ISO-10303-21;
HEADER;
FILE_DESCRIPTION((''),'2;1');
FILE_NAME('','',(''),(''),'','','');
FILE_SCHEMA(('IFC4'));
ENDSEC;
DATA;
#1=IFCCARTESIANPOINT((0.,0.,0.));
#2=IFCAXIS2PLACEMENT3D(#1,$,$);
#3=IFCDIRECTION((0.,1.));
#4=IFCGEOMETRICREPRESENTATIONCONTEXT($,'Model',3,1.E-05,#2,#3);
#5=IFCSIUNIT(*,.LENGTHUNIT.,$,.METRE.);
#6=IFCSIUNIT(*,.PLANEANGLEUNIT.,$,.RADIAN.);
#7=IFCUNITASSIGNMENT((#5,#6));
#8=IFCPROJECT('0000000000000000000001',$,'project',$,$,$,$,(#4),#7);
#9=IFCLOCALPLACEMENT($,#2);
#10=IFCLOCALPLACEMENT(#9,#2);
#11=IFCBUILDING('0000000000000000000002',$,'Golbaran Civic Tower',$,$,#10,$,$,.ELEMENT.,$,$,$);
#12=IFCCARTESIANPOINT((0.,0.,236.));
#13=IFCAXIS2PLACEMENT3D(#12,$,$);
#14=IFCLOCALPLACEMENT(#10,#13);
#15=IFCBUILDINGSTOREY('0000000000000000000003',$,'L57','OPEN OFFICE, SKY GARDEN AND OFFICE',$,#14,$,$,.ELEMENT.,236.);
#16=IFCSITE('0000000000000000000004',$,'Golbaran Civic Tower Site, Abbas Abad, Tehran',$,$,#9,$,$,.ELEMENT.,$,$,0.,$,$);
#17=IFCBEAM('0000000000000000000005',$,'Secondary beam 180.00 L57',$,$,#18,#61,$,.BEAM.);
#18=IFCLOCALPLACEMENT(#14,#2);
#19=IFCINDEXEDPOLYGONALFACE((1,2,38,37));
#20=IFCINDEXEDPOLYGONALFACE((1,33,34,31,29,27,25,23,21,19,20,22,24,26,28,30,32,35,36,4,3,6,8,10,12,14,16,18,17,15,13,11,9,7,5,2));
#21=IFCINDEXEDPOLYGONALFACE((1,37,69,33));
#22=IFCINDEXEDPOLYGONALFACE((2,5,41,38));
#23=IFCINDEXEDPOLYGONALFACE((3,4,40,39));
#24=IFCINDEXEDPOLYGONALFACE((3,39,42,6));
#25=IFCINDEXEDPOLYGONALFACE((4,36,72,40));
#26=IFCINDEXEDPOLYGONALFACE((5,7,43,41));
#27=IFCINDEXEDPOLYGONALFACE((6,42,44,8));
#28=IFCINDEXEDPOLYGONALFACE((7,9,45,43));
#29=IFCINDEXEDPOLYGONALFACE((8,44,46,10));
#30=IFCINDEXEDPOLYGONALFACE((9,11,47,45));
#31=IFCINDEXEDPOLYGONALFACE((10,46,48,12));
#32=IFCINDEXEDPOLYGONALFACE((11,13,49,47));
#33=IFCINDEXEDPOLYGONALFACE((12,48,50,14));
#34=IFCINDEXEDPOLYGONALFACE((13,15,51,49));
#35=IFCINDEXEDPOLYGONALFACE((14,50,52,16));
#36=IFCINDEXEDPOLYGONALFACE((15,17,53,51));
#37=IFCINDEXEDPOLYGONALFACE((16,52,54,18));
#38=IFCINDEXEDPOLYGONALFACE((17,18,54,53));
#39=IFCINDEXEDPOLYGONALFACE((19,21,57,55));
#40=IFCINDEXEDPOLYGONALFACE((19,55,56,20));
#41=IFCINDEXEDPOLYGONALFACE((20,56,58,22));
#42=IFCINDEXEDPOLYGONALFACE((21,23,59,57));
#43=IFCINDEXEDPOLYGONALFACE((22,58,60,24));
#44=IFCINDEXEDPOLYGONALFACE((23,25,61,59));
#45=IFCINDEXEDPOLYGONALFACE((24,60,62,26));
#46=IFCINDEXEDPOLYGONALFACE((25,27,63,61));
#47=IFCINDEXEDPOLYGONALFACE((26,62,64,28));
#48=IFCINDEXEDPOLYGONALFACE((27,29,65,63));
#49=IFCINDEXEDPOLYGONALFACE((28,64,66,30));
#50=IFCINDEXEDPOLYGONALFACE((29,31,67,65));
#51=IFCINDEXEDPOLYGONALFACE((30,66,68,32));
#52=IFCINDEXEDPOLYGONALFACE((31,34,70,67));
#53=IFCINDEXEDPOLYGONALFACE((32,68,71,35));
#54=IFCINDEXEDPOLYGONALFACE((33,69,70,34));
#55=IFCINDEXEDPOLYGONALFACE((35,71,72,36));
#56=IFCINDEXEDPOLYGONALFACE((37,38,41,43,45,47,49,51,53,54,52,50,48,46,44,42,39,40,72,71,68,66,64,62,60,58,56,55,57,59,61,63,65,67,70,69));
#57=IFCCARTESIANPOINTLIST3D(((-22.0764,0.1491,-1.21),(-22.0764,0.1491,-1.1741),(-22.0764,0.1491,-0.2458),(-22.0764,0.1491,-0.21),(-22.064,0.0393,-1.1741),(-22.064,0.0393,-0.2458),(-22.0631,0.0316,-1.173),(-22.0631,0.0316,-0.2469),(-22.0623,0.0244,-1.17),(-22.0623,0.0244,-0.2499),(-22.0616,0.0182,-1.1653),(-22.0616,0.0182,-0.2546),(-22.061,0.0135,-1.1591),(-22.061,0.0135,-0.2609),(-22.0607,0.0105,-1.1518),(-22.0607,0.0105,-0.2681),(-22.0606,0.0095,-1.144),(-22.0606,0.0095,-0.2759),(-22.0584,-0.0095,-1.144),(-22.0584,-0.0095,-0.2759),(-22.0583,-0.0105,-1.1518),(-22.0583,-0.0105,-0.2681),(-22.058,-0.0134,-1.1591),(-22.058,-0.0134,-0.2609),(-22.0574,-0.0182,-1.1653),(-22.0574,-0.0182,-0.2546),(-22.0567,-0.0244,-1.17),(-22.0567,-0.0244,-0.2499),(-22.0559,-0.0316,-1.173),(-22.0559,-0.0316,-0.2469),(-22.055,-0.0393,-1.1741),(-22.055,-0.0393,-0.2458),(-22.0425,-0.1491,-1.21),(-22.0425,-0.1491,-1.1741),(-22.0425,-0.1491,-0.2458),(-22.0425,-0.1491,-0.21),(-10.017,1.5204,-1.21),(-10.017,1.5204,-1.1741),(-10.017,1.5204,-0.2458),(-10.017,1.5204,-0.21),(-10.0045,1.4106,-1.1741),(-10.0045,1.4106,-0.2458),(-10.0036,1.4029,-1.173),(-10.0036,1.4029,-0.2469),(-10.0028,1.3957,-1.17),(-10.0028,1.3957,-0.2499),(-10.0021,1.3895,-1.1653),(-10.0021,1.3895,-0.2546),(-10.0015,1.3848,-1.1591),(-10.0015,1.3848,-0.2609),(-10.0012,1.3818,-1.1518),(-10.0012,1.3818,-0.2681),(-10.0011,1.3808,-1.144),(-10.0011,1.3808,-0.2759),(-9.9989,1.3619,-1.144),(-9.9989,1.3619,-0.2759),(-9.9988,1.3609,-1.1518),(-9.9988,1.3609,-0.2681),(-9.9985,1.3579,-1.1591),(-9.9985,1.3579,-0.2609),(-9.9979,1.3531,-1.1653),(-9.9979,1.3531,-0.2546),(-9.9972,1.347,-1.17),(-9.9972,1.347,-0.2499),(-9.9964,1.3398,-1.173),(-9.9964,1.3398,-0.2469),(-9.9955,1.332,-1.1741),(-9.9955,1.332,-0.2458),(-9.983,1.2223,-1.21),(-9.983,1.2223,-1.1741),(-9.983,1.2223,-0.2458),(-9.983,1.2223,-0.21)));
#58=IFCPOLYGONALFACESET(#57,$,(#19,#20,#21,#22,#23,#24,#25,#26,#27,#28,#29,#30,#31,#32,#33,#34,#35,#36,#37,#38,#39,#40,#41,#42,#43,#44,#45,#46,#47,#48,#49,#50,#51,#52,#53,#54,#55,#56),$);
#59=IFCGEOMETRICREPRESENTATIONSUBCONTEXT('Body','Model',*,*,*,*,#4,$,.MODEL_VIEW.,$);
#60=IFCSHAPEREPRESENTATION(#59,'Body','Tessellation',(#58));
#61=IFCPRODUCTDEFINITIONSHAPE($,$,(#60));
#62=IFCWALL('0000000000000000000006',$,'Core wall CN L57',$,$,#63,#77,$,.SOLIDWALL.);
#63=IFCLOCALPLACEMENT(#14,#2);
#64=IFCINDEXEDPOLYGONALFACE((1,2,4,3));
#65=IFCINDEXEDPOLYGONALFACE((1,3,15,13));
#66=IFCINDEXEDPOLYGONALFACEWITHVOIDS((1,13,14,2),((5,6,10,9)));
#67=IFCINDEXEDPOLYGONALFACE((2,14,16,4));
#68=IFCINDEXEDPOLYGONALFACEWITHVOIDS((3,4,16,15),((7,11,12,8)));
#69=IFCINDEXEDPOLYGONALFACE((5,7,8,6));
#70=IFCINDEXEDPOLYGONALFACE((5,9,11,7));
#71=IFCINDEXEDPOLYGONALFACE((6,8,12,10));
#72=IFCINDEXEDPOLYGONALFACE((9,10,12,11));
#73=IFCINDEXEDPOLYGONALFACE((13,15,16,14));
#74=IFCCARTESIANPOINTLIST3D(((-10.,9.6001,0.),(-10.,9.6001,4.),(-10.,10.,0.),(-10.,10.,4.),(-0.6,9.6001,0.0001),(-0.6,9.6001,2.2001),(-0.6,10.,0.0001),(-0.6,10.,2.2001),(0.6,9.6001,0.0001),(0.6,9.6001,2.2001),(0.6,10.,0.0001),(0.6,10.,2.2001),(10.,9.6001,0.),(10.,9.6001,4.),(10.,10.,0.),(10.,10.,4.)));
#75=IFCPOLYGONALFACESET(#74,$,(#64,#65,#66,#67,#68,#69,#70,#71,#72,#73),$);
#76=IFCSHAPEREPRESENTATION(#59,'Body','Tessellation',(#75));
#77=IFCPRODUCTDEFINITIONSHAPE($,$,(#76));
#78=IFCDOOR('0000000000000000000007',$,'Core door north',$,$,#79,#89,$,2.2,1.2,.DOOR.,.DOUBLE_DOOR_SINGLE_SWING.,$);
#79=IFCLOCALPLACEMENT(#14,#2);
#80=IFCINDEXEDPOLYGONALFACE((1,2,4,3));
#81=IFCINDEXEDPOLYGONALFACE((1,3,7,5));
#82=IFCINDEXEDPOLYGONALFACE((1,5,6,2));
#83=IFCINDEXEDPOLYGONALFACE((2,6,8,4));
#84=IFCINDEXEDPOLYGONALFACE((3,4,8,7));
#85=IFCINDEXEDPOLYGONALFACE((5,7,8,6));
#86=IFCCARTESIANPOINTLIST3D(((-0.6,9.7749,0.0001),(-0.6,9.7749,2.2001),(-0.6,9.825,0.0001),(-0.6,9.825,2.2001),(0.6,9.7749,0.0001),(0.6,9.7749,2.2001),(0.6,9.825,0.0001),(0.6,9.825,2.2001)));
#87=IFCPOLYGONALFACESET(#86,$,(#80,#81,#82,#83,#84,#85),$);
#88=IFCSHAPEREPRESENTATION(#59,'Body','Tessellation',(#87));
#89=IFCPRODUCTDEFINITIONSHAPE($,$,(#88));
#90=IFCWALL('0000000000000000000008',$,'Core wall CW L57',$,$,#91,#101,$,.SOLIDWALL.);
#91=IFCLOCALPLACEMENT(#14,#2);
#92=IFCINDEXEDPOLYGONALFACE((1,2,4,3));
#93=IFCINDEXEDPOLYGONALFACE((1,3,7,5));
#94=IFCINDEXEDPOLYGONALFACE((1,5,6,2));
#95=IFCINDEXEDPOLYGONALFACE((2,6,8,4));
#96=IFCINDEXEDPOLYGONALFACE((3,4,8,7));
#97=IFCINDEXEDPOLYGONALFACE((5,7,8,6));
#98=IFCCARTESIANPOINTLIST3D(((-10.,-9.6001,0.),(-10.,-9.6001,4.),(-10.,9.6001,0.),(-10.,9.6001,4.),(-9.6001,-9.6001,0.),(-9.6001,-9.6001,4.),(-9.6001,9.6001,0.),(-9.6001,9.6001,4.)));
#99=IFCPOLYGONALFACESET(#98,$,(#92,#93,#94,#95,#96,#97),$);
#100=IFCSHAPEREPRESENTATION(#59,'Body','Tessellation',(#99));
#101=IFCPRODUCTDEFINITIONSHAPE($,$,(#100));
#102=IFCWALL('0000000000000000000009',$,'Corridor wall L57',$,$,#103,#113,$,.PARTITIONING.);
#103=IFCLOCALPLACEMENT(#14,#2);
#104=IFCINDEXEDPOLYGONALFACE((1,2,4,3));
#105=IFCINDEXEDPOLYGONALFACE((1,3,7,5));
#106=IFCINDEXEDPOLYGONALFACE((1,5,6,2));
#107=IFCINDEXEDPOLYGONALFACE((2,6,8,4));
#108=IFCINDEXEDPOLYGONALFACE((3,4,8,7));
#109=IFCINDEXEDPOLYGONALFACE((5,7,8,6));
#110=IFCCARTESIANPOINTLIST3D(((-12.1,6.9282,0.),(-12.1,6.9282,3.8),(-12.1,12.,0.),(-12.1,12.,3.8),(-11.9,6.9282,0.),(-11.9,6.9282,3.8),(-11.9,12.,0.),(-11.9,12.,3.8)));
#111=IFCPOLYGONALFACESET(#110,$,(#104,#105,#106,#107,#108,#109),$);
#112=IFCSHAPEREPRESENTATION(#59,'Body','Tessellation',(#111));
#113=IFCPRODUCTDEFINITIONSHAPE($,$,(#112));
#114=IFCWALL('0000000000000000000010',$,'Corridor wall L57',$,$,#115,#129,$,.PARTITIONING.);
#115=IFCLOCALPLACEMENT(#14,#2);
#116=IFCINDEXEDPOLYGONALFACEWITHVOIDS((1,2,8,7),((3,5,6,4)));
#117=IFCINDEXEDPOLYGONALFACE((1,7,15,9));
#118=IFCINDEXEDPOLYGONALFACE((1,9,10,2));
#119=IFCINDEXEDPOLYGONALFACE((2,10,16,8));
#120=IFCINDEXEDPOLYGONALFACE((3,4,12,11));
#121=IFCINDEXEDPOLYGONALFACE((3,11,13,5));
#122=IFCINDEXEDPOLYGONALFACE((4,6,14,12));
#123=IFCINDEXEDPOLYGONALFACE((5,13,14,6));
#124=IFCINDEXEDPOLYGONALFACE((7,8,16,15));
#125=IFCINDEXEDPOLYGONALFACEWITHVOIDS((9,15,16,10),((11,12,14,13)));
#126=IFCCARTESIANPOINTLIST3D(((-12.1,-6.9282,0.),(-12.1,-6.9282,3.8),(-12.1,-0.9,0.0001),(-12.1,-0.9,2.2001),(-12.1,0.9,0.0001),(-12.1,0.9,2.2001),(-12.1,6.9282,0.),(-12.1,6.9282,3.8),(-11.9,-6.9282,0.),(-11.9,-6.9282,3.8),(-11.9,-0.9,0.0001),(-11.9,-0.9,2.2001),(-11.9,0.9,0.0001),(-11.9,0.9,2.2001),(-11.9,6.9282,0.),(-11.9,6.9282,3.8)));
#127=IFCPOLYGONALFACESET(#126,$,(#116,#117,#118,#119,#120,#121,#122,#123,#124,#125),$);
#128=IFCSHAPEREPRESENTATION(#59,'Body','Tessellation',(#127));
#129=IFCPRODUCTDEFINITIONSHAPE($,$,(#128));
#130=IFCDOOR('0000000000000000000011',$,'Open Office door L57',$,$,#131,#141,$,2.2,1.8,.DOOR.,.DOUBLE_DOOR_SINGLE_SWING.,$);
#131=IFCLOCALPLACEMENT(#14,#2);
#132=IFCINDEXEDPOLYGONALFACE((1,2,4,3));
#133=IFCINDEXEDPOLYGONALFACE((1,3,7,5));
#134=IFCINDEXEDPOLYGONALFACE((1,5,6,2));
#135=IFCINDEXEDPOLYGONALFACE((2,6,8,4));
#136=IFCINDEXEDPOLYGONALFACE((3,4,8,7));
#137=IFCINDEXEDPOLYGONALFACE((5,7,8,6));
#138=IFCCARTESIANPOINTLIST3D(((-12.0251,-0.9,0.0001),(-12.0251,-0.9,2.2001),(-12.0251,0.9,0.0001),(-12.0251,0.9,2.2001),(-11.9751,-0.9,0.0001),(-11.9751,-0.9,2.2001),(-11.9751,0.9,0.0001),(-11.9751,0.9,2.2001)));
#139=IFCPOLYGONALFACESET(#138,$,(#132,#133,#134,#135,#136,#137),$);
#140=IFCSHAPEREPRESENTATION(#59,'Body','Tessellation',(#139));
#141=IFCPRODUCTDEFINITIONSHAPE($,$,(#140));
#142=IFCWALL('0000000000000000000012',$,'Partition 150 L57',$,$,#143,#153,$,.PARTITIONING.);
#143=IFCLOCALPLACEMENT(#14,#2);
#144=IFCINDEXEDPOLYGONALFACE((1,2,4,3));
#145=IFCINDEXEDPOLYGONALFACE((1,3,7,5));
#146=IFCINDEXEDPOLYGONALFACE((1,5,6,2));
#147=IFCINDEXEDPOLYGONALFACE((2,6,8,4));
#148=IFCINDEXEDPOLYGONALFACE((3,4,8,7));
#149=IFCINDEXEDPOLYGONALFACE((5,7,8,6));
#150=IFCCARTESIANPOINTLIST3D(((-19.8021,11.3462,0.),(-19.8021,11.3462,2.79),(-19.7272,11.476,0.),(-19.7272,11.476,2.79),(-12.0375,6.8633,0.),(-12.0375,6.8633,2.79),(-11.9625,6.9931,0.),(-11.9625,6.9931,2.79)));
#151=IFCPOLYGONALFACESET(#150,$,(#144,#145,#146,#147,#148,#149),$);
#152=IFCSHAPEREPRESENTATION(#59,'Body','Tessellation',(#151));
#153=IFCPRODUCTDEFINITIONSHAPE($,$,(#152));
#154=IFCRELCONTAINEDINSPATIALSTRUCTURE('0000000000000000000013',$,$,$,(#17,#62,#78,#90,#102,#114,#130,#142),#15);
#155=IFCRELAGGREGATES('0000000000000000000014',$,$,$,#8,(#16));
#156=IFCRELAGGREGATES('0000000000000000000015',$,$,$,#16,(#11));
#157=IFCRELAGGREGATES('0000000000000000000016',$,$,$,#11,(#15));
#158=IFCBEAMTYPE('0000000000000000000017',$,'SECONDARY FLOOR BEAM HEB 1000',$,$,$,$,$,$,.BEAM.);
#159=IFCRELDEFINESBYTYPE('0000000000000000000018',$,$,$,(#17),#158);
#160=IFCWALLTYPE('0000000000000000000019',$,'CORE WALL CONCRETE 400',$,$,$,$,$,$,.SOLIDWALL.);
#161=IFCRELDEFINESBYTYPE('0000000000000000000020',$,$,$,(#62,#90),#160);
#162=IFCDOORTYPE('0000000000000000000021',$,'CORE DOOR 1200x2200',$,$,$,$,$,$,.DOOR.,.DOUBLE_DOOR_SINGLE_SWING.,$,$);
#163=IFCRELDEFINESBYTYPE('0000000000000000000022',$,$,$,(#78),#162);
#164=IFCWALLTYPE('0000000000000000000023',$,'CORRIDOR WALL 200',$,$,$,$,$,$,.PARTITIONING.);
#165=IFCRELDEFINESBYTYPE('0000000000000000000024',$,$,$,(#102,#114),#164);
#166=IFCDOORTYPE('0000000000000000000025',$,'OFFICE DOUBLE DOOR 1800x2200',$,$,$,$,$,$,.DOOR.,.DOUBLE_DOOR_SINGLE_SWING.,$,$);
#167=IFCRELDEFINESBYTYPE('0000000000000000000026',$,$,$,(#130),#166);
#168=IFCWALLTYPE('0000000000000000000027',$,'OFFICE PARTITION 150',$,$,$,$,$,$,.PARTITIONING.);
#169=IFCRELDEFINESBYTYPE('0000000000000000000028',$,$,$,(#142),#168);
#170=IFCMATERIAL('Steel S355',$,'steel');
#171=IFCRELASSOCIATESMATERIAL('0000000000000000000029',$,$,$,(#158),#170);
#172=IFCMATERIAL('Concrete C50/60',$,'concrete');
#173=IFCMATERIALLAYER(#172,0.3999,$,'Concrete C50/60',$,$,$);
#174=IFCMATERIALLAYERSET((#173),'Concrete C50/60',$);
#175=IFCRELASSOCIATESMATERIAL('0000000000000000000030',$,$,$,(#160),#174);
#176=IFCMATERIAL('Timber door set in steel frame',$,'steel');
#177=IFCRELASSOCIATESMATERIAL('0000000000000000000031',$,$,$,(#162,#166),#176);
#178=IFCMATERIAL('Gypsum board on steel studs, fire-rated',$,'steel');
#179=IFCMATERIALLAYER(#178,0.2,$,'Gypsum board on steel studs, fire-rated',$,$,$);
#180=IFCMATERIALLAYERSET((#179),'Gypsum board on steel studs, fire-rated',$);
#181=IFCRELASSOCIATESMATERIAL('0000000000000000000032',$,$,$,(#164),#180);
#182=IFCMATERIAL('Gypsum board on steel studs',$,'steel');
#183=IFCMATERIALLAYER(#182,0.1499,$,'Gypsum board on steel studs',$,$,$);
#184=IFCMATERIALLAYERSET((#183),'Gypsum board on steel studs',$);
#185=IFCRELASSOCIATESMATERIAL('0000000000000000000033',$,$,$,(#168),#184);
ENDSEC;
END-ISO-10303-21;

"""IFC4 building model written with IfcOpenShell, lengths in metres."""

from ifc_helpers import new_model, si_unit, direction, frame, frame_2d, origin, origin_2d, place, context, subcontext, project, spatial, rectangle, i_section, extrude, material, layer, layer_set, material_profile, profile_set, type_object, element, fill, save


model = new_model("IFC4")

# Units and contexts
model_context = context("Model", 3, precision=1e-05, world=origin(), true_north=direction((0.0, 1.0)))
body_context = subcontext(model_context, "Body", "Model", "MODEL_VIEW")
ifc_project = project(units=[si_unit("LENGTHUNIT", "METRE"), si_unit("PLANEANGLEUNIT", "RADIAN")], contexts=[model_context])

# Site, building, storey
site_placement = place(None, origin())
site = spatial("IfcSite", under=ifc_project, at=site_placement, Name="Golbaran Civic Tower Site, Abbas Abad, Tehran", CompositionType="ELEMENT", RefElevation=0.0)
building_placement = place(site_placement, origin())
building = spatial("IfcBuilding", under=site, at=building_placement, Name="Golbaran Civic Tower", CompositionType="ELEMENT")
storey_placement = place(building_placement, frame((0.0, 0.0, 236.0)))
storey = spatial("IfcBuildingStorey", under=building, at=storey_placement, Name="L57", Description="OPEN OFFICE, SKY GARDEN AND OFFICE", CompositionType="ELEMENT", Elevation=236.0)

# Beam
ifc_material_1 = material(Name="Steel S355", Category="steel")
ifc_material_profile_1 = material_profile(ifc_material_1, i_section(OverallWidth=0.3, OverallDepth=1.0, WebThickness=0.019, FlangeThickness=0.0359, FilletRadius=0.03, at=origin_2d()), Name="HEB 1000")
ifc_profile_set_1 = profile_set([ifc_material_profile_1], Name="Steel S355")
beam_type_1 = type_object("IfcBeamType", Name="SECONDARY FLOOR BEAM HEB 1000", PredefinedType="BEAM", material=ifc_profile_set_1)
beam_1_placement = place(storey_placement, frame((-10.0, 1.3713, -0.71), z_axis=(-0.993597, -0.112986, 0.0), x_axis=(0.112986, -0.993597, 0.0)))
element("IfcBeam", 1, at=beam_1_placement, inside=storey, type_object=beam_type_1, Name="Secondary beam 180.00 L57", PredefinedType="BEAM", context=body_context, shape_type="SweptSolid", body=[
    extrude(i_section(OverallWidth=0.3, OverallDepth=1.0, WebThickness=0.019, FlangeThickness=0.0359, FilletRadius=0.03, at=origin_2d()), origin(), (0.0, 0.0, 1.0), 12.1372),
])

# Wall, opening, door
ifc_material_2 = material(Name="Concrete C50/60", Category="concrete")
ifc_layer_1 = layer(ifc_material_2, 0.3999, Name="Concrete C50/60")
ifc_layer_set_1 = layer_set([ifc_layer_1], Name="Concrete C50/60")
wall_type_1 = type_object("IfcWallType", Name="CORE WALL CONCRETE 400", PredefinedType="SOLIDWALL", material=ifc_layer_set_1)
wall_1_placement = place(storey_placement, frame((-10.0, 9.8, 0.0), z_axis=(0.0, 0.0, 1.0), x_axis=(1.0, 0.0, 0.0)))
wall_1 = element("IfcWall", 2, at=wall_1_placement, inside=storey, type_object=wall_type_1, Name="Core wall CN L57", PredefinedType="SOLIDWALL", context=body_context, shape_type="SweptSolid", body=[
    extrude(rectangle(XDim=20.0, YDim=0.3999, at=frame_2d((10.0, 0.0))), origin(), (0.0, 0.0, 1.0), 4.0),
])
opening_1_placement = place(wall_1_placement, frame((9.3999, 0.0, 0.0)))
opening_1 = element("IfcOpeningElement", 3, at=opening_1_placement, cuts=wall_1, PredefinedType="OPENING", context=body_context, shape_type="SweptSolid", body=[
    extrude(rectangle(XDim=1.2, YDim=2.2, at=frame_2d((0.6001, 1.1001))), frame((0.0, 0.21, 0.0), z_axis=(0.0, -1.0, 0.0), x_axis=(1.0, 0.0, 0.0)), (0.0, 0.0, 1.0), 0.4199),
])
ifc_material_3 = material(Name="Timber door set in steel frame", Category="steel")
door_type_1 = type_object("IfcDoorType", Name="CORE DOOR 1200x2200", OperationType="DOUBLE_DOOR_SINGLE_SWING", PredefinedType="DOOR", material=ifc_material_3)
door_1_placement = place(opening_1_placement, origin())
door_1 = element("IfcDoor", 4, at=door_1_placement, inside=storey, type_object=door_type_1, Name="Core door north", OperationType="DOUBLE_DOOR_SINGLE_SWING", OverallHeight=2.2, OverallWidth=1.2, PredefinedType="DOOR", context=body_context, shape_type="SweptSolid", body=[
    extrude(rectangle(XDim=1.2, YDim=2.2, at=frame_2d((0.6001, 1.1001))), frame((0.0, 0.0249, 0.0), z_axis=(0.0, -1.0, 0.0), x_axis=(1.0, 0.0, 0.0)), (0.0, 0.0, 1.0), 0.05),
])
fill(opening_1, door_1)

# Walls
wall_2_placement = place(storey_placement, frame((-9.8, 9.6001, 0.0), z_axis=(0.0, 0.0, 1.0), x_axis=(0.0, -1.0, 0.0)))
element("IfcWall", 5, at=wall_2_placement, inside=storey, type_object=wall_type_1, Name="Core wall CW L57", PredefinedType="SOLIDWALL", context=body_context, shape_type="SweptSolid", body=[
    extrude(rectangle(XDim=19.2002, YDim=0.3999, at=frame_2d((9.6001, 0.0))), origin(), (0.0, 0.0, 1.0), 4.0),
])
ifc_material_4 = material(Name="Gypsum board on steel studs, fire-rated", Category="steel")
ifc_layer_2 = layer(ifc_material_4, 0.2, Name="Gypsum board on steel studs, fire-rated")
ifc_layer_set_2 = layer_set([ifc_layer_2], Name="Gypsum board on steel studs, fire-rated")
wall_type_2 = type_object("IfcWallType", Name="CORRIDOR WALL 200", PredefinedType="PARTITIONING", material=ifc_layer_set_2)
wall_3_placement = place(storey_placement, frame((-12.0, 12.0, 0.0), z_axis=(0.0, 0.0, 1.0), x_axis=(0.0, -1.0, 0.0)))
element("IfcWall", 6, at=wall_3_placement, inside=storey, type_object=wall_type_2, Name="Corridor wall L57", PredefinedType="PARTITIONING", context=body_context, shape_type="SweptSolid", body=[
    extrude(rectangle(XDim=5.0718, YDim=0.2, at=frame_2d((2.5359, 0.0))), origin(), (0.0, 0.0, 1.0), 3.8),
])

# Wall, opening, door
wall_4_placement = place(storey_placement, frame((-12.0, 6.9282, 0.0), z_axis=(0.0, 0.0, 1.0), x_axis=(0.0, -1.0, 0.0)))
wall_4 = element("IfcWall", 7, at=wall_4_placement, inside=storey, type_object=wall_type_2, Name="Corridor wall L57", PredefinedType="PARTITIONING", context=body_context, shape_type="SweptSolid", body=[
    extrude(rectangle(XDim=13.8564, YDim=0.2, at=frame_2d((6.9282, 0.0))), origin(), (0.0, 0.0, 1.0), 3.8),
])
opening_2_placement = place(wall_4_placement, frame((6.0283, 0.0, 0.0)))
opening_2 = element("IfcOpeningElement", 8, at=opening_2_placement, cuts=wall_4, PredefinedType="OPENING", context=body_context, shape_type="SweptSolid", body=[
    extrude(rectangle(XDim=1.8, YDim=2.2, at=frame_2d((0.8999, 1.1001))), frame((0.0, 0.1099, 0.0), z_axis=(0.0, -1.0, 0.0), x_axis=(1.0, 0.0, 0.0)), (0.0, 0.0, 1.0), 0.22),
])
door_type_2 = type_object("IfcDoorType", Name="OFFICE DOUBLE DOOR 1800x2200", OperationType="DOUBLE_DOOR_SINGLE_SWING", PredefinedType="DOOR", material=ifc_material_3)
door_2_placement = place(opening_2_placement, origin())
door_2 = element("IfcDoor", 9, at=door_2_placement, inside=storey, type_object=door_type_2, Name="Open Office door L57", OperationType="DOUBLE_DOOR_SINGLE_SWING", OverallHeight=2.2, OverallWidth=1.8, PredefinedType="DOOR", context=body_context, shape_type="SweptSolid", body=[
    extrude(rectangle(XDim=1.8, YDim=2.2, at=frame_2d((0.8999, 1.1001))), frame((0.0, 0.0249, 0.0), z_axis=(0.0, -1.0, 0.0), x_axis=(1.0, 0.0, 0.0)), (0.0, 0.0, 1.0), 0.05),
])
fill(opening_2, door_2)

# Wall
ifc_material_5 = material(Name="Gypsum board on steel studs", Category="steel")
ifc_layer_3 = layer(ifc_material_5, 0.1499, Name="Gypsum board on steel studs")
ifc_layer_set_3 = layer_set([ifc_layer_3], Name="Gypsum board on steel studs")
wall_type_3 = type_object("IfcWallType", Name="OFFICE PARTITION 150", PredefinedType="PARTITIONING", material=ifc_layer_set_3)
wall_5_placement = place(storey_placement, frame((-12.0, 6.9282, 0.0), z_axis=(0.0, 0.0, 1.0), x_axis=(-0.866026, 0.499999, 0.0)))
element("IfcWall", 10, at=wall_5_placement, inside=storey, type_object=wall_type_3, Name="Partition 150 L57", PredefinedType="PARTITIONING", context=body_context, shape_type="SweptSolid", body=[
    extrude(rectangle(XDim=8.9658, YDim=0.1499, at=frame_2d((4.4829, 0.0))), origin(), (0.0, 0.0, 1.0), 2.79),
])

save(model, "model.ifc")
